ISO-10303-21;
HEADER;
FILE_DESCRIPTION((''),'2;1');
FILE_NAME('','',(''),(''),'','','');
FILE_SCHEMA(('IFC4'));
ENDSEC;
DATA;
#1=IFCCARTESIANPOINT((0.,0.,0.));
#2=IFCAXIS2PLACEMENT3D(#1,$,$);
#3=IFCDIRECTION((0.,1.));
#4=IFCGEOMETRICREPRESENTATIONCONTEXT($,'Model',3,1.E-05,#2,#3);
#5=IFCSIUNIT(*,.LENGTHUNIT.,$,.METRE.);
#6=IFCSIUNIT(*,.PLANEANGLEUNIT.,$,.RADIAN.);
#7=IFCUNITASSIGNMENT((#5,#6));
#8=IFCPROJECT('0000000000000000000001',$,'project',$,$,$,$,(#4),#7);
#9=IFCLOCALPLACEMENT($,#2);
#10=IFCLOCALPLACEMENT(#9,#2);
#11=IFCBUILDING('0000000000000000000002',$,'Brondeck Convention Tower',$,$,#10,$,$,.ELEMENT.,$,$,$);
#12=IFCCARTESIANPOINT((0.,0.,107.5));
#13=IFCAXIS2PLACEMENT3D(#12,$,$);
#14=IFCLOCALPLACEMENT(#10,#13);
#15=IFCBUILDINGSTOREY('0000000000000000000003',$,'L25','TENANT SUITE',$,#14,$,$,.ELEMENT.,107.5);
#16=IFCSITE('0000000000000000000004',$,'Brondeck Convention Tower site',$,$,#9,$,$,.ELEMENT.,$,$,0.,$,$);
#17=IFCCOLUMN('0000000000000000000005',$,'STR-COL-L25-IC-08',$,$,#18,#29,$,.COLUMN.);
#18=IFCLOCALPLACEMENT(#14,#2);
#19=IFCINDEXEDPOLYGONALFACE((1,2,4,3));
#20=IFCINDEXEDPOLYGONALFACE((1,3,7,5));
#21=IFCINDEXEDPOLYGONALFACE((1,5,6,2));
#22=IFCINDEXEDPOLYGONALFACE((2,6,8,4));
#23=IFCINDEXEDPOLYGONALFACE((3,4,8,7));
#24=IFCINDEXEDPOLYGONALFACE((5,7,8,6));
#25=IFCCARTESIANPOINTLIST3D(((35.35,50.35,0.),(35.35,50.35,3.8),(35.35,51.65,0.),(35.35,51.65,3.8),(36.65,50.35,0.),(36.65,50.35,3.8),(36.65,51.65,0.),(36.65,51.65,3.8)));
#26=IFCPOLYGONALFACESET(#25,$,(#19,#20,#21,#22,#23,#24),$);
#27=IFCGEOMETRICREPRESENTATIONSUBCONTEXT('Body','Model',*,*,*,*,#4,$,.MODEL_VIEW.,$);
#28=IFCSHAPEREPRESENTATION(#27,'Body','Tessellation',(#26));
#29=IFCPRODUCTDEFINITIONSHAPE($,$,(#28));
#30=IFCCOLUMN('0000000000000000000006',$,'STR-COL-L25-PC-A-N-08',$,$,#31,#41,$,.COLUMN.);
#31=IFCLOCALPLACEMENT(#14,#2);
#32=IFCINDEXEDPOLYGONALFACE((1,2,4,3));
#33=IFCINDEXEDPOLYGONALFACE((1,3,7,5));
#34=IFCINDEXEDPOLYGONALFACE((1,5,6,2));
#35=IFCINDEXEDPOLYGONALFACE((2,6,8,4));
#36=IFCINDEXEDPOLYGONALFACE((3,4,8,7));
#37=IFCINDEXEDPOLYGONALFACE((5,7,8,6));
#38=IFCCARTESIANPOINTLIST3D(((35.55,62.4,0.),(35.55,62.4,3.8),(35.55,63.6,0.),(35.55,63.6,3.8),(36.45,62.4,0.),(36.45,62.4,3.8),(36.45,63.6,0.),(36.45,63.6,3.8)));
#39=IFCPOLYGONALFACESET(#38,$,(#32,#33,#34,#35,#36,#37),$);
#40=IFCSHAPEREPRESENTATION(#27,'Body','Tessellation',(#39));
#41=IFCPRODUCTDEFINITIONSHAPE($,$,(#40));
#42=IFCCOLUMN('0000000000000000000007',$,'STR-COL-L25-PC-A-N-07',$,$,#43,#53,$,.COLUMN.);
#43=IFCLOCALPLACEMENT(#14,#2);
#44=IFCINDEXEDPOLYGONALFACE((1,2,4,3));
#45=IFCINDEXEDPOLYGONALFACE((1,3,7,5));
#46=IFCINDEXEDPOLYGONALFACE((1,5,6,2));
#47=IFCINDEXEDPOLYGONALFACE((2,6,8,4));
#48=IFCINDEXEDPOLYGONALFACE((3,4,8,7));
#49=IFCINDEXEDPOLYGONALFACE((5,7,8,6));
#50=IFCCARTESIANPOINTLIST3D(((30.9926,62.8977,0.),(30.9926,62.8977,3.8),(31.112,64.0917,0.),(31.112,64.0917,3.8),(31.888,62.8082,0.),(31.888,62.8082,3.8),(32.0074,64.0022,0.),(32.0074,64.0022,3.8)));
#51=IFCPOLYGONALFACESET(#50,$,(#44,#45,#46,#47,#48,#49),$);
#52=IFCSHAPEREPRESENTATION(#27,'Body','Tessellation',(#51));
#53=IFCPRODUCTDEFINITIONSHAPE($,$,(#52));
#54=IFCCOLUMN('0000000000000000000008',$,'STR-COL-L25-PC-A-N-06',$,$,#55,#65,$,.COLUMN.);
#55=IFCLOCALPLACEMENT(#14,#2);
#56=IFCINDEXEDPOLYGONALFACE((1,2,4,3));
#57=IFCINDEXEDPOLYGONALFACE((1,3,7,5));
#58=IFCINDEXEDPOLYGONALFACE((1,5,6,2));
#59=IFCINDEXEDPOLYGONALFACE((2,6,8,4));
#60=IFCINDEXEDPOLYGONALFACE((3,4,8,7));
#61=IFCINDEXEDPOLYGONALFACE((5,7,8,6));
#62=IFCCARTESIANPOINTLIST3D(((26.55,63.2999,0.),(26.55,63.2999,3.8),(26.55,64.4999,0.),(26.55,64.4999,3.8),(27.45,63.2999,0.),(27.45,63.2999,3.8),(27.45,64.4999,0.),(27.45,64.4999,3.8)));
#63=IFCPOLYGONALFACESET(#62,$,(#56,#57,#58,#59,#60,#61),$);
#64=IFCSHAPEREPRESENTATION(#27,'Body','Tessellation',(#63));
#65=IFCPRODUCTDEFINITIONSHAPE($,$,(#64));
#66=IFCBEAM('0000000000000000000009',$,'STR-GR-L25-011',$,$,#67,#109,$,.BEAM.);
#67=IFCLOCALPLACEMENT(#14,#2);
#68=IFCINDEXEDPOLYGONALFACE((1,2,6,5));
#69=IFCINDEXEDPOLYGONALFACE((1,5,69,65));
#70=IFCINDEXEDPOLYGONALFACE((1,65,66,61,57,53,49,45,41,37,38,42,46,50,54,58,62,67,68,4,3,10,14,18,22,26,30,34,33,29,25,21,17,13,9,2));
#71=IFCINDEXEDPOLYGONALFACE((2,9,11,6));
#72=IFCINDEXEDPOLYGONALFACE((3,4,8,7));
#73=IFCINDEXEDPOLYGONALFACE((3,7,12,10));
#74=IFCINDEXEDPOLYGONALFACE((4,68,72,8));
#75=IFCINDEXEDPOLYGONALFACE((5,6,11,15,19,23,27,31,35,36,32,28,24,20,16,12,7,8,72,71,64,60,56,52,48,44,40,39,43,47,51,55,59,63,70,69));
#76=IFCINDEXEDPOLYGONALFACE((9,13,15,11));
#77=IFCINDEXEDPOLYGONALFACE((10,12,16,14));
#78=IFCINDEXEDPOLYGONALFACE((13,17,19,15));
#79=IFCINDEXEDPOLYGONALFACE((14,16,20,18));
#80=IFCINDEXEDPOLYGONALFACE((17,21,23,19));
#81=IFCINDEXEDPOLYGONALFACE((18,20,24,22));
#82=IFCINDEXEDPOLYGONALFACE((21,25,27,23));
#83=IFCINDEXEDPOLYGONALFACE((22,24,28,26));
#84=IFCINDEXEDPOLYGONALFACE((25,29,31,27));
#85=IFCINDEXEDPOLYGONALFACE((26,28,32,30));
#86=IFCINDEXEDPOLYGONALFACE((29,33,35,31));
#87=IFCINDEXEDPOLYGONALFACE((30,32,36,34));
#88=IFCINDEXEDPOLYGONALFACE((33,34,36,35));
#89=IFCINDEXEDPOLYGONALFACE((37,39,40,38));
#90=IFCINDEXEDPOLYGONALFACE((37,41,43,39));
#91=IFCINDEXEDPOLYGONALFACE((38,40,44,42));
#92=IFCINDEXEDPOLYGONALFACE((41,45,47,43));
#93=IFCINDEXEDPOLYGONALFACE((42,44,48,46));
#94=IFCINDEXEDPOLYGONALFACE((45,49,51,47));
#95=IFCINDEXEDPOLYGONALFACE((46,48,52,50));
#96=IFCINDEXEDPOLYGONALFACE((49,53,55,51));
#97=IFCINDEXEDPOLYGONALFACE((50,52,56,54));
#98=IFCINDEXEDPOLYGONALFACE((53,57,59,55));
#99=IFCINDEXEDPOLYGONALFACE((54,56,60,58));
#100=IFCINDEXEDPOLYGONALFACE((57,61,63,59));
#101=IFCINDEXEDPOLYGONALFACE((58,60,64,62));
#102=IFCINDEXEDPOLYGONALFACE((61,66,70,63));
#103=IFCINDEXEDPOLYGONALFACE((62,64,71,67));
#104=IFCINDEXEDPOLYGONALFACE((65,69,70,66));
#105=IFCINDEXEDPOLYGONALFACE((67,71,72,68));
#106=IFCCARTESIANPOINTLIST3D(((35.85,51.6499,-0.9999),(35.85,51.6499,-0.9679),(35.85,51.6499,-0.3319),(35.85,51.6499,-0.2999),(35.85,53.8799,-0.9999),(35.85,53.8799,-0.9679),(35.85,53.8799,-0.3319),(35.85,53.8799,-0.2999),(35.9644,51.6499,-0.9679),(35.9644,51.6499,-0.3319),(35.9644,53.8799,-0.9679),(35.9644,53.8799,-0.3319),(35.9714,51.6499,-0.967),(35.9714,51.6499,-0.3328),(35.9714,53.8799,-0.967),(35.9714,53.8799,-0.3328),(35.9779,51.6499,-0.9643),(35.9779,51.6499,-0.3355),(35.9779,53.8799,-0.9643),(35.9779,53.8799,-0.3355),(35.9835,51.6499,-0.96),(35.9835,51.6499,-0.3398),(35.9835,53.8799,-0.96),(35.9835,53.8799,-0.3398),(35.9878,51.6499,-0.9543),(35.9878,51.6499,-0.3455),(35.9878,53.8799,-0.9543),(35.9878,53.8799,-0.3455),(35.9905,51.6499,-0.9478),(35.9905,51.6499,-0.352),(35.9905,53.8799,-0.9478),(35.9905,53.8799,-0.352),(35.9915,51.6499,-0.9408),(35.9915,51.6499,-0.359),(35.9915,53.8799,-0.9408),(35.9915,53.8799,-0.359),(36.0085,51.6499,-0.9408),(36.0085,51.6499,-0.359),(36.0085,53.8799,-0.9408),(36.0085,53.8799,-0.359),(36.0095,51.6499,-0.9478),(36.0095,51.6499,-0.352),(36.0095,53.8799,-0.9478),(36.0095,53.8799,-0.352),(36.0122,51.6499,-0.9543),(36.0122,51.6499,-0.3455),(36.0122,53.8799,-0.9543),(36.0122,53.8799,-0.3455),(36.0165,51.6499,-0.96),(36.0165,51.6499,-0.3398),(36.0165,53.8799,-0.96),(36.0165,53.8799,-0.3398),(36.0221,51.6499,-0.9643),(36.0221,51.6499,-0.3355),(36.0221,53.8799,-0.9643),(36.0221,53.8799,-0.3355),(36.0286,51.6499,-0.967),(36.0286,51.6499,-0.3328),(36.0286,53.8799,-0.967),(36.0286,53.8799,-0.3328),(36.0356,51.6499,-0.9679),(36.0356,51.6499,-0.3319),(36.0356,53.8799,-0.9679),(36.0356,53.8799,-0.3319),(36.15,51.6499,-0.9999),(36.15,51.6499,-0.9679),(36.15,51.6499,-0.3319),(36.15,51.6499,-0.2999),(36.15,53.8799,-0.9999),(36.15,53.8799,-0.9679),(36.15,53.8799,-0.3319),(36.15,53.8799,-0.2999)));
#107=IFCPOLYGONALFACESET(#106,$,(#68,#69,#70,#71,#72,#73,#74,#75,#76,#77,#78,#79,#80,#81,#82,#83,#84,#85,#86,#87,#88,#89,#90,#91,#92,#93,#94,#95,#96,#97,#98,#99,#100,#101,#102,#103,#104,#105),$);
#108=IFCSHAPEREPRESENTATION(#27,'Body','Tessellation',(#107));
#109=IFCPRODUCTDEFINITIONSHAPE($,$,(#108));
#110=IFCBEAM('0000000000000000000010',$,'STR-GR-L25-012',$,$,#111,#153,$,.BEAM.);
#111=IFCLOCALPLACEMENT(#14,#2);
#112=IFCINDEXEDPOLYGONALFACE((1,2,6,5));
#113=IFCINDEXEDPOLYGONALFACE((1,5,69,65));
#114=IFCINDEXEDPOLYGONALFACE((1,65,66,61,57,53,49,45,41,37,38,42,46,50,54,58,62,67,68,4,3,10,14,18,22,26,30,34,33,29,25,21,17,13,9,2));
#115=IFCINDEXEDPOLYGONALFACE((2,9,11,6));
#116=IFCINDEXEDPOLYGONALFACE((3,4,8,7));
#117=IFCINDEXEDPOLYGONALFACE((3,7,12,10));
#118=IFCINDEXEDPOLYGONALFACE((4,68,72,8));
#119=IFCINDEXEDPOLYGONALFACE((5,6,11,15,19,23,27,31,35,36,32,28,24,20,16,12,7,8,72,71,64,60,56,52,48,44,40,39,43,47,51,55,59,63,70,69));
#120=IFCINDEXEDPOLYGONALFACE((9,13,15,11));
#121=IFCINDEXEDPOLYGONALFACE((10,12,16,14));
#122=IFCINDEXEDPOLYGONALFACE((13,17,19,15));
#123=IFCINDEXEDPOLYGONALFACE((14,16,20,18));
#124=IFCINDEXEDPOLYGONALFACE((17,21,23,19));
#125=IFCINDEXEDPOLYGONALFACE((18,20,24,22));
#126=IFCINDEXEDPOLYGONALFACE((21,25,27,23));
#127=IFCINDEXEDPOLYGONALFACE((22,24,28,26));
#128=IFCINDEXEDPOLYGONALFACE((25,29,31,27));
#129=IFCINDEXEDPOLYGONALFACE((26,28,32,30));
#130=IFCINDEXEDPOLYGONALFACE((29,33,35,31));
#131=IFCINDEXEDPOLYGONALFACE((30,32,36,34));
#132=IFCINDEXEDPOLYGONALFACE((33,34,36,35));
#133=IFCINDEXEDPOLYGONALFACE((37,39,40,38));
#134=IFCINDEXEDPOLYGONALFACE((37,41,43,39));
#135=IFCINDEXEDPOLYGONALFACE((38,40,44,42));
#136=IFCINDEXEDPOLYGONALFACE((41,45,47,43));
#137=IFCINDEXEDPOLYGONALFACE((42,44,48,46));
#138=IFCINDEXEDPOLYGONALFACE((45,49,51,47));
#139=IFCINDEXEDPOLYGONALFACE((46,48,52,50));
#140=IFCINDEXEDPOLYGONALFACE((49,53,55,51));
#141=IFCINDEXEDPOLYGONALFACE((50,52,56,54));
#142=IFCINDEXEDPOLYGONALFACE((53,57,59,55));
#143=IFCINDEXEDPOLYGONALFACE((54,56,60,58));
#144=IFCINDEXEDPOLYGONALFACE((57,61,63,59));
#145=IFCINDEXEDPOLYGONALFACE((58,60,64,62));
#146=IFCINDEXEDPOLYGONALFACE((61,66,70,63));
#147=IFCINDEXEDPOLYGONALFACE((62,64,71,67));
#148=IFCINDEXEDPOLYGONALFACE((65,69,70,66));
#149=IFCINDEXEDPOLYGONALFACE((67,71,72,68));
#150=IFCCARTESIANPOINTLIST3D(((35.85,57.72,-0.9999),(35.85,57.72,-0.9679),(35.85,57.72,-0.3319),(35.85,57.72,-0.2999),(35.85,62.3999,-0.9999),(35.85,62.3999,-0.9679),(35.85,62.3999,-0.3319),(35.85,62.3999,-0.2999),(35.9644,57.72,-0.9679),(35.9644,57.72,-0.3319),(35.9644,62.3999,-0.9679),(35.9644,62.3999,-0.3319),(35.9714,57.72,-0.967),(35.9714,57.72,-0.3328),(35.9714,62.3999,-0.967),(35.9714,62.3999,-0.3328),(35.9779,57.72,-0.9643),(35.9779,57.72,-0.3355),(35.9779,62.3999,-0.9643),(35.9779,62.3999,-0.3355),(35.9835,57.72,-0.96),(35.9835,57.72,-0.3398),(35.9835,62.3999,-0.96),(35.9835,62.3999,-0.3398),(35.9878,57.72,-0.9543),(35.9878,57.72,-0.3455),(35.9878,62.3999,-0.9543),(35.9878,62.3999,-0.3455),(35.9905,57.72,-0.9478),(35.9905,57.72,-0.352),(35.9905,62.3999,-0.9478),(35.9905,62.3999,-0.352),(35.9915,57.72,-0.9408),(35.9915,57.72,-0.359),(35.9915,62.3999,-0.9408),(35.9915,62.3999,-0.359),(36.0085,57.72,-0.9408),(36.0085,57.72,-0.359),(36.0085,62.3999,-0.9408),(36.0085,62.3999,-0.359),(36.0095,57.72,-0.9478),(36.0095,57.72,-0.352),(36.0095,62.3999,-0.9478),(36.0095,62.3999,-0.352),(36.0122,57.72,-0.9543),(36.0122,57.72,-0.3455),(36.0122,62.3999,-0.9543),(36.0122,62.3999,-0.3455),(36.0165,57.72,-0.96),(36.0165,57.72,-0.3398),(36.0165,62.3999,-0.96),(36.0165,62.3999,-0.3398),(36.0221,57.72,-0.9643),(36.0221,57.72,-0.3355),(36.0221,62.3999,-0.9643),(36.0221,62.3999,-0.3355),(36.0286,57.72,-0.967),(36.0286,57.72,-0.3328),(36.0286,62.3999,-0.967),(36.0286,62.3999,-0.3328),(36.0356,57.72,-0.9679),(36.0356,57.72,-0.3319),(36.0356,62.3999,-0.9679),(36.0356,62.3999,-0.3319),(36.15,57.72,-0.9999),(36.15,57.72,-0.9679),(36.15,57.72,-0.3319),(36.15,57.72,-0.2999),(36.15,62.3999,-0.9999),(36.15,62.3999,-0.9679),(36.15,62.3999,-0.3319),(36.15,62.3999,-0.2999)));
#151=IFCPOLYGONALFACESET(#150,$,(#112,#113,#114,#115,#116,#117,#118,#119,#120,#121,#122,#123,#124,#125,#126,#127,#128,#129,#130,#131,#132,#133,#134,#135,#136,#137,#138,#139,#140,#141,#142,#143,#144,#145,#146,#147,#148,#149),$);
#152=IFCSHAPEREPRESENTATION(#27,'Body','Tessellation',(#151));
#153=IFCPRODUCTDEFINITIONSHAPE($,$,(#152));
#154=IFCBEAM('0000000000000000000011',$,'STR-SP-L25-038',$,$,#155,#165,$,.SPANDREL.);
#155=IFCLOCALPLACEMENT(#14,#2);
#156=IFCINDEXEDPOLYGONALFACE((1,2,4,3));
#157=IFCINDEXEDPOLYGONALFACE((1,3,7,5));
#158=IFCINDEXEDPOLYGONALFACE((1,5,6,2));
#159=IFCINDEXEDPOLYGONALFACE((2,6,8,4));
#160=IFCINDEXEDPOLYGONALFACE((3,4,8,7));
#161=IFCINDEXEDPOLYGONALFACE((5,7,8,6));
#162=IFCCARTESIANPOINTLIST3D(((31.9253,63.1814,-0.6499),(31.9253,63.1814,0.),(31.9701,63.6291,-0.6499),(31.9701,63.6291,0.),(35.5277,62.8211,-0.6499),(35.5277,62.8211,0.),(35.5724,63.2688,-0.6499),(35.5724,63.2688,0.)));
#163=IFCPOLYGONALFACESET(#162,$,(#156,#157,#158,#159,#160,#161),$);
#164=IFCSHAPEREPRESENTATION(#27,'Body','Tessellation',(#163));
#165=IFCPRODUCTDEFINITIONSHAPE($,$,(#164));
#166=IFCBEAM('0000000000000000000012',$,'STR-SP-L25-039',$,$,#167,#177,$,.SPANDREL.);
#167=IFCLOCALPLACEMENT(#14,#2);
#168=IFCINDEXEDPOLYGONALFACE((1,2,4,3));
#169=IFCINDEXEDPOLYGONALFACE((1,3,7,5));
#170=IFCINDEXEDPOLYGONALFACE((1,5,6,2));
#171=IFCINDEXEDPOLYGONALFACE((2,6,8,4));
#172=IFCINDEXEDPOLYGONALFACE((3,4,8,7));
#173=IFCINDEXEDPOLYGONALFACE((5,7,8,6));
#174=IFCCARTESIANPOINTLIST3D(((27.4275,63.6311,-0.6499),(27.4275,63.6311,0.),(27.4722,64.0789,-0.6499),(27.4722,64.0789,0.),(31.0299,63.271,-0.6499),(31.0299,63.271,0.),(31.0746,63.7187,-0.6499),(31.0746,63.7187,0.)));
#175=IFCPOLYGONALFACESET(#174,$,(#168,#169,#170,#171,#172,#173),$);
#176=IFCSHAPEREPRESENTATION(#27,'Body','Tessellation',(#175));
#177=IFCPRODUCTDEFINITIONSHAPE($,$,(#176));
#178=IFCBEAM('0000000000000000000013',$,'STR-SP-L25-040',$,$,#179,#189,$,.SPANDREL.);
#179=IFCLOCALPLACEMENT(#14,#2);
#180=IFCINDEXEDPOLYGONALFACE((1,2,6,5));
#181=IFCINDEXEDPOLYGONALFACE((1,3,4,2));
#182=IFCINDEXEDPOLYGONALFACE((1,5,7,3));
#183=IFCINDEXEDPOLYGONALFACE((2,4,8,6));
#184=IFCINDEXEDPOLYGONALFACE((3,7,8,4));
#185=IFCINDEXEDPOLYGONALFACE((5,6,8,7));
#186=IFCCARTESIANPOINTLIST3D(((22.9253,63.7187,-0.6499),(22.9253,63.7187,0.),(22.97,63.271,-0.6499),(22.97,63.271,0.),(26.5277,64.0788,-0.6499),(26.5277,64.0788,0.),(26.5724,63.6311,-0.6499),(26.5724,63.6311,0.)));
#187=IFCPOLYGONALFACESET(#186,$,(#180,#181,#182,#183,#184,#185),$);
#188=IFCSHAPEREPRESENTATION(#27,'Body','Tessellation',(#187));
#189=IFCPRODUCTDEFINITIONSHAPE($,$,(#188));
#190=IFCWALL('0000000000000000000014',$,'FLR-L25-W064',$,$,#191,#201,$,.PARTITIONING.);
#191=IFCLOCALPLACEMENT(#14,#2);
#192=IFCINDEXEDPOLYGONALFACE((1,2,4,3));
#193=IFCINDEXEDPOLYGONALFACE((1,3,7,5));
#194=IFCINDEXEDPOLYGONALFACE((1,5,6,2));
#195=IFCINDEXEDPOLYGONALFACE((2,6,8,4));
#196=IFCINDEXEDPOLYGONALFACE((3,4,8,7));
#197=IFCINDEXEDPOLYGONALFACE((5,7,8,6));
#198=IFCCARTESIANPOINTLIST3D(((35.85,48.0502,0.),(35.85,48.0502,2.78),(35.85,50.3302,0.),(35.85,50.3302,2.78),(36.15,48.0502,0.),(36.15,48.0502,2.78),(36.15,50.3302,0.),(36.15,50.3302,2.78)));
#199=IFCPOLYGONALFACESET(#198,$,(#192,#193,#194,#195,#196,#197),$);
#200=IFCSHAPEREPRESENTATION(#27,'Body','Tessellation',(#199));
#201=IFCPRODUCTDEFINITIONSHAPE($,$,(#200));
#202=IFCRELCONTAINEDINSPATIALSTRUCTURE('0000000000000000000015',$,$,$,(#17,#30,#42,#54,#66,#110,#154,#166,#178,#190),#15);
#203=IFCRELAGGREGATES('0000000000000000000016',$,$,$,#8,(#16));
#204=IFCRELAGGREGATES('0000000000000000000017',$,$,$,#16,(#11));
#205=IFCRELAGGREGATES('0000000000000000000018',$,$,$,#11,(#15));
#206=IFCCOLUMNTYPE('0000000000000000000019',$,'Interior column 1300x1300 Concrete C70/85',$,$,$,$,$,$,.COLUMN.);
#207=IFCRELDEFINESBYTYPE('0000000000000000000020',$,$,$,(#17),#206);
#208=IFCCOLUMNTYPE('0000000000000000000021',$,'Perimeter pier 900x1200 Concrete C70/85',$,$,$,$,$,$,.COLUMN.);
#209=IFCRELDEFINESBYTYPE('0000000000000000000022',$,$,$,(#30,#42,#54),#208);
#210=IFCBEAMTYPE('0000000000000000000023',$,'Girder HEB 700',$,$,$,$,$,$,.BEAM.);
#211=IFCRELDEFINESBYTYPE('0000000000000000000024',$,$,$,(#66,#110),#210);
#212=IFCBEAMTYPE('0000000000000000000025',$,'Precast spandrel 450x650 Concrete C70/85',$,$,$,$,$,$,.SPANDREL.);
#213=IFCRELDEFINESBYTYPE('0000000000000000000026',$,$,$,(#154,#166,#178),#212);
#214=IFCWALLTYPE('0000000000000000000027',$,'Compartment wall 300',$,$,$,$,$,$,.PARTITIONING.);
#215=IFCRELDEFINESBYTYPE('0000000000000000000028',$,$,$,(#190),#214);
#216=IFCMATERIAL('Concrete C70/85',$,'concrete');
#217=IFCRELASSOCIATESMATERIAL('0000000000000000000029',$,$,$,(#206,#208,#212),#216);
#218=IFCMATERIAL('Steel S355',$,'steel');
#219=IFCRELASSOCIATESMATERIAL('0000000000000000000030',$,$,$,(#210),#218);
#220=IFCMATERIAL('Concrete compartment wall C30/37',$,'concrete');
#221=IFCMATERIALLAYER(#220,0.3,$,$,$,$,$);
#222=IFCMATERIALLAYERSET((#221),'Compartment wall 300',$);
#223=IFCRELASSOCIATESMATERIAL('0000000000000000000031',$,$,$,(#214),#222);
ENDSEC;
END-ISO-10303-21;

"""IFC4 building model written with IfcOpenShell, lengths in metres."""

from ifc_helpers import new_model, si_unit, direction, frame, frame_2d, origin, origin_2d, place, context, subcontext, project, spatial, rectangle, i_section, extrude, material, layer, layer_set, material_profile, profile_set, type_object, element, save


model = new_model("IFC4")

# Units and contexts
model_context = context("Model", 3, precision=1e-05, world=origin(), true_north=direction((0.0, 1.0)))
body_context = subcontext(model_context, "Body", "Model", "MODEL_VIEW")
ifc_project = project(units=[si_unit("LENGTHUNIT", "METRE"), si_unit("PLANEANGLEUNIT", "RADIAN")], contexts=[model_context])

# Site, building, storey
site_placement = place(None, origin())
site = spatial("IfcSite", under=ifc_project, at=site_placement, Name="Brondeck Convention Tower site", CompositionType="ELEMENT", RefElevation=0.0)
building_placement = place(site_placement, origin())
building = spatial("IfcBuilding", under=site, at=building_placement, Name="Brondeck Convention Tower", CompositionType="ELEMENT")
storey_placement = place(building_placement, frame((0.0, 0.0, 107.5)))
storey = spatial("IfcBuildingStorey", under=building, at=storey_placement, Name="L25", Description="TENANT SUITE", CompositionType="ELEMENT", Elevation=107.5)

# Columns
ifc_material_1 = material(Name="Concrete C70/85", Category="concrete")
ifc_material_profile_1 = material_profile(ifc_material_1, rectangle(XDim=1.3, YDim=1.3, at=origin_2d()), Name="Interior column 1300x1300 Concrete C70/85")
ifc_profile_set_1 = profile_set([ifc_material_profile_1], Name="Concrete C70/85")
column_type_1 = type_object("IfcColumnType", Name="Interior column 1300x1300 Concrete C70/85", PredefinedType="COLUMN", material=ifc_profile_set_1)
column_placement = place(storey_placement, frame((36.0, 51.0, 0.0), z_axis=(0.0, 0.0, 1.0), x_axis=(1.0, 0.0, 0.0)))
element("IfcColumn", 1, at=column_placement, inside=storey, type_object=column_type_1, Name="STR-COL-L25-IC-08", PredefinedType="COLUMN", context=body_context, shape_type="SweptSolid", body=[
    extrude(rectangle(XDim=1.3, YDim=1.3, at=origin_2d()), origin(), (0.0, 0.0, 1.0), 3.8),
])
ifc_material_profile_2 = material_profile(ifc_material_1, rectangle(XDim=0.8999, YDim=1.2, at=origin_2d()), Name="Perimeter pier 900x1200 Concrete C70/85")
ifc_profile_set_2 = profile_set([ifc_material_profile_2], Name="Concrete C70/85")
column_type_2 = type_object("IfcColumnType", Name="Perimeter pier 900x1200 Concrete C70/85", PredefinedType="COLUMN", material=ifc_profile_set_2)
for number, where, z_axis, x_axis, name in (
    (2, (36.0, 63.0, 0.0), (0.0, 0.0, 1.0), (-1.0, 0.0, 0.0), "STR-COL-L25-PC-A-N-08"),
    (3, (31.5, 63.45, 0.0), (0.0, 0.0, 1.0), (-0.995037, 0.099504, 0.0), "STR-COL-L25-PC-A-N-07"),
    (4, (27.0, 63.8999, 0.0), (0.0, 0.0, 1.0), (-1.0, 0.0, 0.0), "STR-COL-L25-PC-A-N-06"),
):
    element("IfcColumn", number, at=place(storey_placement, frame(where, z_axis=z_axis, x_axis=x_axis)), inside=storey, type_object=column_type_2, Name=name, PredefinedType="COLUMN", context=body_context, shape_type="SweptSolid", body=[
        extrude(rectangle(XDim=0.8999, YDim=1.2, at=origin_2d()), origin(), (0.0, 0.0, 1.0), 3.8),
    ])

# Beams
ifc_material_2 = material(Name="Steel S355", Category="steel")
ifc_material_profile_3 = material_profile(ifc_material_2, i_section(OverallWidth=0.3, OverallDepth=0.7, WebThickness=0.0171, FlangeThickness=0.032, FilletRadius=0.0271, at=origin_2d()), Name="HEB 700")
ifc_profile_set_3 = profile_set([ifc_material_profile_3], Name="Steel S355")
beam_type_1 = type_object("IfcBeamType", Name="Girder HEB 700", PredefinedType="BEAM", material=ifc_profile_set_3)
beam_1_placement = place(storey_placement, frame((36.0, 51.6499, -0.6499), z_axis=(0.0, 1.0, 0.0), x_axis=(-1.0, 0.0, 0.0)))
element("IfcBeam", 5, at=beam_1_placement, inside=storey, type_object=beam_type_1, Name="STR-GR-L25-011", PredefinedType="BEAM", context=body_context, shape_type="SweptSolid", body=[
    extrude(i_section(OverallWidth=0.3, OverallDepth=0.7, WebThickness=0.0171, FlangeThickness=0.032, FilletRadius=0.0271, at=origin_2d()), origin(), (0.0, 0.0, 1.0), 2.23),
])
beam_2_placement = place(storey_placement, frame((36.0, 57.72, -0.6499), z_axis=(0.0, 1.0, 0.0), x_axis=(-1.0, 0.0, 0.0)))
element("IfcBeam", 6, at=beam_2_placement, inside=storey, type_object=beam_type_1, Name="STR-GR-L25-012", PredefinedType="BEAM", context=body_context, shape_type="SweptSolid", body=[
    extrude(i_section(OverallWidth=0.3, OverallDepth=0.7, WebThickness=0.0171, FlangeThickness=0.032, FilletRadius=0.0271, at=origin_2d()), origin(), (0.0, 0.0, 1.0), 4.6799),
])
ifc_material_profile_4 = material_profile(ifc_material_1, rectangle(XDim=0.45, YDim=0.6499, at=origin_2d()), Name="Precast spandrel 450x650 Concrete C70/85")
ifc_profile_set_4 = profile_set([ifc_material_profile_4], Name="Concrete C70/85")
beam_type_2 = type_object("IfcBeamType", Name="Precast spandrel 450x650 Concrete C70/85", PredefinedType="SPANDREL", material=ifc_profile_set_4)
for number, where, z_axis, x_axis, name in (
    (7, (35.55, 63.0449, -0.325), (-0.995034, 0.099537, 0.0), (-0.099537, -0.995034, 0.0), "STR-SP-L25-038"),
    (8, (31.0522, 63.4949, -0.325), (-0.995041, 0.09947, 0.0), (-0.09947, -0.995041, 0.0), "STR-SP-L25-039"),
    (9, (26.55, 63.855, -0.325), (-0.995041, -0.09947, 0.0), (0.09947, -0.995041, 0.0), "STR-SP-L25-040"),
):
    element("IfcBeam", number, at=place(storey_placement, frame(where, z_axis=z_axis, x_axis=x_axis)), inside=storey, type_object=beam_type_2, Name=name, PredefinedType="SPANDREL", context=body_context, shape_type="SweptSolid", body=[
        extrude(rectangle(XDim=0.45, YDim=0.6499, at=origin_2d()), origin(), (0.0, 0.0, 1.0), 3.6204),
    ])

# Wall
ifc_material_3 = material(Name="Concrete compartment wall C30/37", Category="concrete")
ifc_layer_1 = layer(ifc_material_3, 0.3)
ifc_layer_set_1 = layer_set([ifc_layer_1], Name="Compartment wall 300")
wall_type_1 = type_object("IfcWallType", Name="Compartment wall 300", PredefinedType="PARTITIONING", material=ifc_layer_set_1)
wall_1_placement = place(storey_placement, frame((36.0, 48.05, 0.0), z_axis=(0.0, 0.0, 1.0), x_axis=(0.0, 1.0, 0.0)))
element("IfcWall", 10, at=wall_1_placement, inside=storey, type_object=wall_type_1, Name="FLR-L25-W064", PredefinedType="PARTITIONING", context=body_context, shape_type="SweptSolid", body=[
    extrude(rectangle(XDim=2.28, YDim=0.3, at=frame_2d((1.1401, 0.0))), origin(), (0.0, 0.0, 1.0), 2.78),
])

save(model, "model.ifc")
